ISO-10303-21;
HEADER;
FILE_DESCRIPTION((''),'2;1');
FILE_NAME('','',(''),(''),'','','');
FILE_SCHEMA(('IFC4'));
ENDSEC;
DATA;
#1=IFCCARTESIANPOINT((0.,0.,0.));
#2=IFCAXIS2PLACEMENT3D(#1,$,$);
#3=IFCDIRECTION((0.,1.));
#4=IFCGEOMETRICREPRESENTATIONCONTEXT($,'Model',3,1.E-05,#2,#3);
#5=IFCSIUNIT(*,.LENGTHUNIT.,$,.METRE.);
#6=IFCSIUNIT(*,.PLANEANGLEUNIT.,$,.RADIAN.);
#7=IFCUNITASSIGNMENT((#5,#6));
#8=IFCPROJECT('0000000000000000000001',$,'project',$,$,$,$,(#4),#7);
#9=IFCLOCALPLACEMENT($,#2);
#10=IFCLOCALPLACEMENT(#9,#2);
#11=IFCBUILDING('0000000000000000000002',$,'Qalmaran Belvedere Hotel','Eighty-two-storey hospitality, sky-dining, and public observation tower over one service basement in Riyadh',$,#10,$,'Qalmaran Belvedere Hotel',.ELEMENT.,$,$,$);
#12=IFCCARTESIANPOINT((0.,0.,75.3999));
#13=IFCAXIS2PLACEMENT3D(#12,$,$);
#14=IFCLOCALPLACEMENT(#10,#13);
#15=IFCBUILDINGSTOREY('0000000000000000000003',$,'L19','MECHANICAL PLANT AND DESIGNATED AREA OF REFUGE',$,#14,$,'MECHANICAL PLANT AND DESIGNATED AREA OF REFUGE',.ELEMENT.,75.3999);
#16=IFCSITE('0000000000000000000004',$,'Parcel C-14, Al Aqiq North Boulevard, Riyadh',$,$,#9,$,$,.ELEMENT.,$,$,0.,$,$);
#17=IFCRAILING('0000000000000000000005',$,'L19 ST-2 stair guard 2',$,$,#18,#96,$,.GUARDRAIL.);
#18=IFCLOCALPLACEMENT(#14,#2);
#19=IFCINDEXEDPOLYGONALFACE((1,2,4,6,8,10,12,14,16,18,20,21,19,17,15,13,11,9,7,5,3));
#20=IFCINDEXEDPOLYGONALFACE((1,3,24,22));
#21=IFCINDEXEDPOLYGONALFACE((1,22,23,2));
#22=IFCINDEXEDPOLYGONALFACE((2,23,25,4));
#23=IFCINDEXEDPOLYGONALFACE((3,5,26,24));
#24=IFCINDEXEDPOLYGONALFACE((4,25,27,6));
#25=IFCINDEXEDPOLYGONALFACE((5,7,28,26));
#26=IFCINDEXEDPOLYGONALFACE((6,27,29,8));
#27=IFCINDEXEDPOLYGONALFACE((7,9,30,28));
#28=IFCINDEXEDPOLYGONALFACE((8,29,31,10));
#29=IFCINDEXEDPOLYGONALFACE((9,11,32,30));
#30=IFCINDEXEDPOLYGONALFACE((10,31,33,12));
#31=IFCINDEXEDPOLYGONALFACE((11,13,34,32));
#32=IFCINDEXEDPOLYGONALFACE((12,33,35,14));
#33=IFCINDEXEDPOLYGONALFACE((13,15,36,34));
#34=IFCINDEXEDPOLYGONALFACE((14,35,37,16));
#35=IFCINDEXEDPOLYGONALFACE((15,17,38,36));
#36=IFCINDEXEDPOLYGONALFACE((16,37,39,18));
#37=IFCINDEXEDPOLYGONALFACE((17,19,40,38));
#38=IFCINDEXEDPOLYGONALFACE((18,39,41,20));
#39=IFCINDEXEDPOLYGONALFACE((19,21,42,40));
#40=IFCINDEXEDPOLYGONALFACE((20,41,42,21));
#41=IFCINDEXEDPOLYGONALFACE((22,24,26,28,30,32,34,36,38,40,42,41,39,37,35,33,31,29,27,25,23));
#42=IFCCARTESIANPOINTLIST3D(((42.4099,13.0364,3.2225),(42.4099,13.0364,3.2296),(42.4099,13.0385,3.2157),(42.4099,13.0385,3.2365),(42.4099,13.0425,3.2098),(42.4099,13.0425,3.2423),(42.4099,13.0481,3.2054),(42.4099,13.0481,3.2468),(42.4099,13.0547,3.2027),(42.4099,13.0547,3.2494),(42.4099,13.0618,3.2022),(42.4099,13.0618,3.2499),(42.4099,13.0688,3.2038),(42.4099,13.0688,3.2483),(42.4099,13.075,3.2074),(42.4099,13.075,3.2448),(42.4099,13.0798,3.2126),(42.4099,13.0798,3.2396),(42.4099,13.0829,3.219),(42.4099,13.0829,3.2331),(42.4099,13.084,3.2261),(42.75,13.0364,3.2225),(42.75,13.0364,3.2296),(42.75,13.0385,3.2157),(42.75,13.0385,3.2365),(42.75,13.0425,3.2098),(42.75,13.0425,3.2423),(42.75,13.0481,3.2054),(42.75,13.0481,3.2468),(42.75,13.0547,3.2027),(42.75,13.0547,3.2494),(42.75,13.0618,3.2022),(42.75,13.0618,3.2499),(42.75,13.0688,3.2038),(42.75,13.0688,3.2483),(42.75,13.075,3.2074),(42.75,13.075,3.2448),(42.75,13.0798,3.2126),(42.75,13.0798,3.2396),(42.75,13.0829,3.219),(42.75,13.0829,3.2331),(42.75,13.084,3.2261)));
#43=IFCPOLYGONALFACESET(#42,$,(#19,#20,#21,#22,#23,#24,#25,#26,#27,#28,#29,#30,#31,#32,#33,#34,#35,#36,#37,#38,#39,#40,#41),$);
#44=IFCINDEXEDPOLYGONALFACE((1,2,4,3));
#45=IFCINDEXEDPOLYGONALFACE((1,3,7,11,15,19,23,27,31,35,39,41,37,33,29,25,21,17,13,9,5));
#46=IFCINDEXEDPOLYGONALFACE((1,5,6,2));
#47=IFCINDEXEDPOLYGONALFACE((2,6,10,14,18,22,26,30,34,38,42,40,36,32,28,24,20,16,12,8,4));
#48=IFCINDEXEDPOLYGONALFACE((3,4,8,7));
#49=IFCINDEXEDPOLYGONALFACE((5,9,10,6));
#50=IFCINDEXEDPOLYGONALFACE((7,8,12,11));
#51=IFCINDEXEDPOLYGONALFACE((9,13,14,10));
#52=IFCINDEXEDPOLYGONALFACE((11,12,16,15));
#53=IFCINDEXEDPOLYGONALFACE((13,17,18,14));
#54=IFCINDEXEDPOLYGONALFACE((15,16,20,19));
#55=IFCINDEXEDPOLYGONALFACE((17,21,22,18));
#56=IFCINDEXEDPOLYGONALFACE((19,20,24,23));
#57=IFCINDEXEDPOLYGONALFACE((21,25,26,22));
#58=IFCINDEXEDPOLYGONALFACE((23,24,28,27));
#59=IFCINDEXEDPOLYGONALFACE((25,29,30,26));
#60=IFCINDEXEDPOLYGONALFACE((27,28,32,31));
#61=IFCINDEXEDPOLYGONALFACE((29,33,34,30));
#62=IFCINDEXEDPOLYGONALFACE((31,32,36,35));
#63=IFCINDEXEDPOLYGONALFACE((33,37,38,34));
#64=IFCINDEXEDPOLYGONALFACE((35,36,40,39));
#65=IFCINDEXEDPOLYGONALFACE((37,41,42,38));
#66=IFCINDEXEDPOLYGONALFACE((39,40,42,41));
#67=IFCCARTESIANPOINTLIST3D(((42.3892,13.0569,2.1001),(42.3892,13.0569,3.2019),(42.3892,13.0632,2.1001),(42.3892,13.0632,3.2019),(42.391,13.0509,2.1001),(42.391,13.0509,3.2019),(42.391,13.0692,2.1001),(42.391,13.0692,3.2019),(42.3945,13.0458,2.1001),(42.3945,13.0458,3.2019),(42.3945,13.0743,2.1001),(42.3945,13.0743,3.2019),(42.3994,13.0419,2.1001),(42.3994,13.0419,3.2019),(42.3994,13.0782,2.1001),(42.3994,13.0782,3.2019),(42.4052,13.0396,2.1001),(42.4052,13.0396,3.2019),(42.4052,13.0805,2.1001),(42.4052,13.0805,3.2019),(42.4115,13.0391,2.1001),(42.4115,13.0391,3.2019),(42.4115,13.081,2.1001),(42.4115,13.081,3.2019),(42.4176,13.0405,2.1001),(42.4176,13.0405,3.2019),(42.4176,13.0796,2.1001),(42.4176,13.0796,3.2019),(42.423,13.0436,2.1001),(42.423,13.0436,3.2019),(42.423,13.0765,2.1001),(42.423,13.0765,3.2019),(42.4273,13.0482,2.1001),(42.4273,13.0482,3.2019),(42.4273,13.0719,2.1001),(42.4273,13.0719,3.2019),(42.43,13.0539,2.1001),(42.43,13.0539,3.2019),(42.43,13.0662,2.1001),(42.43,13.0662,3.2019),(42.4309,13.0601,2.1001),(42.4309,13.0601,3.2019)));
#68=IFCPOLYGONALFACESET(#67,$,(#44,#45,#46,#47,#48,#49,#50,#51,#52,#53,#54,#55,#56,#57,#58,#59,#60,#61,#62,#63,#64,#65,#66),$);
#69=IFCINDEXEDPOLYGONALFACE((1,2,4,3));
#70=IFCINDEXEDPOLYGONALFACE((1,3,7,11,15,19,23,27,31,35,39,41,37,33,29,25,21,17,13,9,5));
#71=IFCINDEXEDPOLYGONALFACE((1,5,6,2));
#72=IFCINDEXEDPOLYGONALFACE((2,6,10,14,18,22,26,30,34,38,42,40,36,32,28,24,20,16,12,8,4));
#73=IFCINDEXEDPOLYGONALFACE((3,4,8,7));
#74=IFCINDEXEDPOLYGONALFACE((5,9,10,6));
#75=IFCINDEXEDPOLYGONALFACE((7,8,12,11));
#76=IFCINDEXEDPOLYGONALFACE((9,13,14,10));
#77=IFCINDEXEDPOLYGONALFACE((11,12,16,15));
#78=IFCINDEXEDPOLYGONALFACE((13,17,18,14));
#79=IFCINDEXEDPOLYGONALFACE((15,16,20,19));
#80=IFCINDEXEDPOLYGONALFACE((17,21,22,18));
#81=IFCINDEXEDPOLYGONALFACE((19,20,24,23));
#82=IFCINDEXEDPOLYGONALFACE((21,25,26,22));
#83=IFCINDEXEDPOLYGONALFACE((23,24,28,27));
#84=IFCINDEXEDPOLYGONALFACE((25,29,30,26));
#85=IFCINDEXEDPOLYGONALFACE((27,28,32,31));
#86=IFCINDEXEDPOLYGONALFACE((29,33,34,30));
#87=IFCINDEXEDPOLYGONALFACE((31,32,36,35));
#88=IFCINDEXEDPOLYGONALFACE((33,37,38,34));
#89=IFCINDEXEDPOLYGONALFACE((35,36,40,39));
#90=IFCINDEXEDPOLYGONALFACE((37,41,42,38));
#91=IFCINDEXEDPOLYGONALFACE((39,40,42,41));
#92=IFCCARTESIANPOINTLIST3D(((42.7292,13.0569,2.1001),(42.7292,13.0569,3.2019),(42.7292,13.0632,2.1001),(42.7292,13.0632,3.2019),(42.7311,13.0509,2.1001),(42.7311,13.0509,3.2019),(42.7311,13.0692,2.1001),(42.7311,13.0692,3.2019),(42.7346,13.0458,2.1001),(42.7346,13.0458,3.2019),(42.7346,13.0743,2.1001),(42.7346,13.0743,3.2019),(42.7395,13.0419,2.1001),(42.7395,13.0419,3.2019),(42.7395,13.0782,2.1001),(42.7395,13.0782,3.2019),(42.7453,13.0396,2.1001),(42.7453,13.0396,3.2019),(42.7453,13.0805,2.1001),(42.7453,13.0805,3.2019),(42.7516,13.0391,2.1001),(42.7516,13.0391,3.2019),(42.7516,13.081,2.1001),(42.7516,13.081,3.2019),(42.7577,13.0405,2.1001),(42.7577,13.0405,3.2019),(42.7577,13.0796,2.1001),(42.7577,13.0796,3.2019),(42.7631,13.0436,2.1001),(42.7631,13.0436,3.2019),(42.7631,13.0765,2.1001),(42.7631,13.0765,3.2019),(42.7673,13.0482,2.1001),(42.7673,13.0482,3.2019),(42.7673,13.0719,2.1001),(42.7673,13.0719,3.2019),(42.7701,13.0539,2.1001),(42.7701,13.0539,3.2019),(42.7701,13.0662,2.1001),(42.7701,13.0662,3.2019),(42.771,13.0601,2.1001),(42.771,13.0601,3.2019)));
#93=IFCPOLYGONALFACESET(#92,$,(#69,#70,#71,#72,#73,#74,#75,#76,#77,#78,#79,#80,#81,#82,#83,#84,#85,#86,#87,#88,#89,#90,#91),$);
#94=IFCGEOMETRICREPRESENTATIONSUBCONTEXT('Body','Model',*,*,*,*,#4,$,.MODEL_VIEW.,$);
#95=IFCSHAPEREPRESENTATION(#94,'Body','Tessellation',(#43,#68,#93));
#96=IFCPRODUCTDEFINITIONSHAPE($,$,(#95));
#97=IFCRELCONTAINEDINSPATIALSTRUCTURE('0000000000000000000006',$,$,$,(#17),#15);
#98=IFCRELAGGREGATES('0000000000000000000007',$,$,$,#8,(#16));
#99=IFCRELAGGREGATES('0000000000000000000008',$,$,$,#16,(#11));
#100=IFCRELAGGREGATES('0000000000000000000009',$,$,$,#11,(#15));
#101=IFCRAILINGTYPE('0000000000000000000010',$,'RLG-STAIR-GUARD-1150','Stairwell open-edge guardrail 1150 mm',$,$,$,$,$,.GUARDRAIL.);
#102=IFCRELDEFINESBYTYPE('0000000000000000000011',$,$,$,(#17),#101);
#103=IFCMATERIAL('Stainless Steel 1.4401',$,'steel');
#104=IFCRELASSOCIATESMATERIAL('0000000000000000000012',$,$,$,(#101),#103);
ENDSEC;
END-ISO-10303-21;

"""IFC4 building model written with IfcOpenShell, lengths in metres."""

from ifc_helpers import new_model, si_unit, direction, frame, origin, origin_2d, place, context, subcontext, project, spatial, circle, extrude, material, type_object, element, save


model = new_model("IFC4")

# Units and contexts
model_context = context("Model", 3, precision=1e-05, world=origin(), true_north=direction((0.0, 1.0)))
body_context = subcontext(model_context, "Body", "Model", "MODEL_VIEW")
ifc_project = project(units=[si_unit("LENGTHUNIT", "METRE"), si_unit("PLANEANGLEUNIT", "RADIAN")], contexts=[model_context])

# Site, building, storey
site_placement = place(None, origin())
site = spatial("IfcSite", under=ifc_project, at=site_placement, Name="Parcel C-14, Al Aqiq North Boulevard, Riyadh", CompositionType="ELEMENT", RefElevation=0.0)
building_placement = place(site_placement, origin())
building = spatial("IfcBuilding", under=site, at=building_placement, Name="Qalmaran Belvedere Hotel", Description="Eighty-two-storey hospitality, sky-dining, and public observation tower over one service basement in Riyadh", LongName="Qalmaran Belvedere Hotel", CompositionType="ELEMENT")
storey_placement = place(building_placement, frame((0.0, 0.0, 75.3999)))
storey = spatial("IfcBuildingStorey", under=building, at=storey_placement, Name="L19", Description="MECHANICAL PLANT AND DESIGNATED AREA OF REFUGE", LongName="MECHANICAL PLANT AND DESIGNATED AREA OF REFUGE", CompositionType="ELEMENT", Elevation=75.3999)

# Railing
ifc_material_1 = material(Name="Stainless Steel 1.4401", Category="steel")
railing_type_1 = type_object("IfcRailingType", Name="RLG-STAIR-GUARD-1150", Description="Stairwell open-edge guardrail 1150 mm", PredefinedType="GUARDRAIL", material=ifc_material_1)
railing_1_placement = place(storey_placement, frame((42.4099, 13.0601, 2.1001)))
element("IfcRailing", 1, at=railing_1_placement, inside=storey, type_object=railing_type_1, Name="L19 ST-2 stair guard 2", PredefinedType="GUARDRAIL", context=body_context, shape_type="SweptSolid", body=[
    extrude(circle(Radius=0.0239, at=origin_2d()), frame((0.0, 0.0, 1.126), z_axis=(1.0, 0.0, 0.0), x_axis=(0.0, 1.0, 0.0)), (0.0, 0.0, 1.0), 0.3401),
    extrude(circle(Radius=0.021, at=origin_2d()), origin(), (0.0, 0.0, 1.0), 1.1018),
    extrude(circle(Radius=0.021, at=origin_2d()), frame((0.3401, 0.0, 0.0)), (0.0, 0.0, 1.0), 1.1018),
])

save(model, "model.ifc")
